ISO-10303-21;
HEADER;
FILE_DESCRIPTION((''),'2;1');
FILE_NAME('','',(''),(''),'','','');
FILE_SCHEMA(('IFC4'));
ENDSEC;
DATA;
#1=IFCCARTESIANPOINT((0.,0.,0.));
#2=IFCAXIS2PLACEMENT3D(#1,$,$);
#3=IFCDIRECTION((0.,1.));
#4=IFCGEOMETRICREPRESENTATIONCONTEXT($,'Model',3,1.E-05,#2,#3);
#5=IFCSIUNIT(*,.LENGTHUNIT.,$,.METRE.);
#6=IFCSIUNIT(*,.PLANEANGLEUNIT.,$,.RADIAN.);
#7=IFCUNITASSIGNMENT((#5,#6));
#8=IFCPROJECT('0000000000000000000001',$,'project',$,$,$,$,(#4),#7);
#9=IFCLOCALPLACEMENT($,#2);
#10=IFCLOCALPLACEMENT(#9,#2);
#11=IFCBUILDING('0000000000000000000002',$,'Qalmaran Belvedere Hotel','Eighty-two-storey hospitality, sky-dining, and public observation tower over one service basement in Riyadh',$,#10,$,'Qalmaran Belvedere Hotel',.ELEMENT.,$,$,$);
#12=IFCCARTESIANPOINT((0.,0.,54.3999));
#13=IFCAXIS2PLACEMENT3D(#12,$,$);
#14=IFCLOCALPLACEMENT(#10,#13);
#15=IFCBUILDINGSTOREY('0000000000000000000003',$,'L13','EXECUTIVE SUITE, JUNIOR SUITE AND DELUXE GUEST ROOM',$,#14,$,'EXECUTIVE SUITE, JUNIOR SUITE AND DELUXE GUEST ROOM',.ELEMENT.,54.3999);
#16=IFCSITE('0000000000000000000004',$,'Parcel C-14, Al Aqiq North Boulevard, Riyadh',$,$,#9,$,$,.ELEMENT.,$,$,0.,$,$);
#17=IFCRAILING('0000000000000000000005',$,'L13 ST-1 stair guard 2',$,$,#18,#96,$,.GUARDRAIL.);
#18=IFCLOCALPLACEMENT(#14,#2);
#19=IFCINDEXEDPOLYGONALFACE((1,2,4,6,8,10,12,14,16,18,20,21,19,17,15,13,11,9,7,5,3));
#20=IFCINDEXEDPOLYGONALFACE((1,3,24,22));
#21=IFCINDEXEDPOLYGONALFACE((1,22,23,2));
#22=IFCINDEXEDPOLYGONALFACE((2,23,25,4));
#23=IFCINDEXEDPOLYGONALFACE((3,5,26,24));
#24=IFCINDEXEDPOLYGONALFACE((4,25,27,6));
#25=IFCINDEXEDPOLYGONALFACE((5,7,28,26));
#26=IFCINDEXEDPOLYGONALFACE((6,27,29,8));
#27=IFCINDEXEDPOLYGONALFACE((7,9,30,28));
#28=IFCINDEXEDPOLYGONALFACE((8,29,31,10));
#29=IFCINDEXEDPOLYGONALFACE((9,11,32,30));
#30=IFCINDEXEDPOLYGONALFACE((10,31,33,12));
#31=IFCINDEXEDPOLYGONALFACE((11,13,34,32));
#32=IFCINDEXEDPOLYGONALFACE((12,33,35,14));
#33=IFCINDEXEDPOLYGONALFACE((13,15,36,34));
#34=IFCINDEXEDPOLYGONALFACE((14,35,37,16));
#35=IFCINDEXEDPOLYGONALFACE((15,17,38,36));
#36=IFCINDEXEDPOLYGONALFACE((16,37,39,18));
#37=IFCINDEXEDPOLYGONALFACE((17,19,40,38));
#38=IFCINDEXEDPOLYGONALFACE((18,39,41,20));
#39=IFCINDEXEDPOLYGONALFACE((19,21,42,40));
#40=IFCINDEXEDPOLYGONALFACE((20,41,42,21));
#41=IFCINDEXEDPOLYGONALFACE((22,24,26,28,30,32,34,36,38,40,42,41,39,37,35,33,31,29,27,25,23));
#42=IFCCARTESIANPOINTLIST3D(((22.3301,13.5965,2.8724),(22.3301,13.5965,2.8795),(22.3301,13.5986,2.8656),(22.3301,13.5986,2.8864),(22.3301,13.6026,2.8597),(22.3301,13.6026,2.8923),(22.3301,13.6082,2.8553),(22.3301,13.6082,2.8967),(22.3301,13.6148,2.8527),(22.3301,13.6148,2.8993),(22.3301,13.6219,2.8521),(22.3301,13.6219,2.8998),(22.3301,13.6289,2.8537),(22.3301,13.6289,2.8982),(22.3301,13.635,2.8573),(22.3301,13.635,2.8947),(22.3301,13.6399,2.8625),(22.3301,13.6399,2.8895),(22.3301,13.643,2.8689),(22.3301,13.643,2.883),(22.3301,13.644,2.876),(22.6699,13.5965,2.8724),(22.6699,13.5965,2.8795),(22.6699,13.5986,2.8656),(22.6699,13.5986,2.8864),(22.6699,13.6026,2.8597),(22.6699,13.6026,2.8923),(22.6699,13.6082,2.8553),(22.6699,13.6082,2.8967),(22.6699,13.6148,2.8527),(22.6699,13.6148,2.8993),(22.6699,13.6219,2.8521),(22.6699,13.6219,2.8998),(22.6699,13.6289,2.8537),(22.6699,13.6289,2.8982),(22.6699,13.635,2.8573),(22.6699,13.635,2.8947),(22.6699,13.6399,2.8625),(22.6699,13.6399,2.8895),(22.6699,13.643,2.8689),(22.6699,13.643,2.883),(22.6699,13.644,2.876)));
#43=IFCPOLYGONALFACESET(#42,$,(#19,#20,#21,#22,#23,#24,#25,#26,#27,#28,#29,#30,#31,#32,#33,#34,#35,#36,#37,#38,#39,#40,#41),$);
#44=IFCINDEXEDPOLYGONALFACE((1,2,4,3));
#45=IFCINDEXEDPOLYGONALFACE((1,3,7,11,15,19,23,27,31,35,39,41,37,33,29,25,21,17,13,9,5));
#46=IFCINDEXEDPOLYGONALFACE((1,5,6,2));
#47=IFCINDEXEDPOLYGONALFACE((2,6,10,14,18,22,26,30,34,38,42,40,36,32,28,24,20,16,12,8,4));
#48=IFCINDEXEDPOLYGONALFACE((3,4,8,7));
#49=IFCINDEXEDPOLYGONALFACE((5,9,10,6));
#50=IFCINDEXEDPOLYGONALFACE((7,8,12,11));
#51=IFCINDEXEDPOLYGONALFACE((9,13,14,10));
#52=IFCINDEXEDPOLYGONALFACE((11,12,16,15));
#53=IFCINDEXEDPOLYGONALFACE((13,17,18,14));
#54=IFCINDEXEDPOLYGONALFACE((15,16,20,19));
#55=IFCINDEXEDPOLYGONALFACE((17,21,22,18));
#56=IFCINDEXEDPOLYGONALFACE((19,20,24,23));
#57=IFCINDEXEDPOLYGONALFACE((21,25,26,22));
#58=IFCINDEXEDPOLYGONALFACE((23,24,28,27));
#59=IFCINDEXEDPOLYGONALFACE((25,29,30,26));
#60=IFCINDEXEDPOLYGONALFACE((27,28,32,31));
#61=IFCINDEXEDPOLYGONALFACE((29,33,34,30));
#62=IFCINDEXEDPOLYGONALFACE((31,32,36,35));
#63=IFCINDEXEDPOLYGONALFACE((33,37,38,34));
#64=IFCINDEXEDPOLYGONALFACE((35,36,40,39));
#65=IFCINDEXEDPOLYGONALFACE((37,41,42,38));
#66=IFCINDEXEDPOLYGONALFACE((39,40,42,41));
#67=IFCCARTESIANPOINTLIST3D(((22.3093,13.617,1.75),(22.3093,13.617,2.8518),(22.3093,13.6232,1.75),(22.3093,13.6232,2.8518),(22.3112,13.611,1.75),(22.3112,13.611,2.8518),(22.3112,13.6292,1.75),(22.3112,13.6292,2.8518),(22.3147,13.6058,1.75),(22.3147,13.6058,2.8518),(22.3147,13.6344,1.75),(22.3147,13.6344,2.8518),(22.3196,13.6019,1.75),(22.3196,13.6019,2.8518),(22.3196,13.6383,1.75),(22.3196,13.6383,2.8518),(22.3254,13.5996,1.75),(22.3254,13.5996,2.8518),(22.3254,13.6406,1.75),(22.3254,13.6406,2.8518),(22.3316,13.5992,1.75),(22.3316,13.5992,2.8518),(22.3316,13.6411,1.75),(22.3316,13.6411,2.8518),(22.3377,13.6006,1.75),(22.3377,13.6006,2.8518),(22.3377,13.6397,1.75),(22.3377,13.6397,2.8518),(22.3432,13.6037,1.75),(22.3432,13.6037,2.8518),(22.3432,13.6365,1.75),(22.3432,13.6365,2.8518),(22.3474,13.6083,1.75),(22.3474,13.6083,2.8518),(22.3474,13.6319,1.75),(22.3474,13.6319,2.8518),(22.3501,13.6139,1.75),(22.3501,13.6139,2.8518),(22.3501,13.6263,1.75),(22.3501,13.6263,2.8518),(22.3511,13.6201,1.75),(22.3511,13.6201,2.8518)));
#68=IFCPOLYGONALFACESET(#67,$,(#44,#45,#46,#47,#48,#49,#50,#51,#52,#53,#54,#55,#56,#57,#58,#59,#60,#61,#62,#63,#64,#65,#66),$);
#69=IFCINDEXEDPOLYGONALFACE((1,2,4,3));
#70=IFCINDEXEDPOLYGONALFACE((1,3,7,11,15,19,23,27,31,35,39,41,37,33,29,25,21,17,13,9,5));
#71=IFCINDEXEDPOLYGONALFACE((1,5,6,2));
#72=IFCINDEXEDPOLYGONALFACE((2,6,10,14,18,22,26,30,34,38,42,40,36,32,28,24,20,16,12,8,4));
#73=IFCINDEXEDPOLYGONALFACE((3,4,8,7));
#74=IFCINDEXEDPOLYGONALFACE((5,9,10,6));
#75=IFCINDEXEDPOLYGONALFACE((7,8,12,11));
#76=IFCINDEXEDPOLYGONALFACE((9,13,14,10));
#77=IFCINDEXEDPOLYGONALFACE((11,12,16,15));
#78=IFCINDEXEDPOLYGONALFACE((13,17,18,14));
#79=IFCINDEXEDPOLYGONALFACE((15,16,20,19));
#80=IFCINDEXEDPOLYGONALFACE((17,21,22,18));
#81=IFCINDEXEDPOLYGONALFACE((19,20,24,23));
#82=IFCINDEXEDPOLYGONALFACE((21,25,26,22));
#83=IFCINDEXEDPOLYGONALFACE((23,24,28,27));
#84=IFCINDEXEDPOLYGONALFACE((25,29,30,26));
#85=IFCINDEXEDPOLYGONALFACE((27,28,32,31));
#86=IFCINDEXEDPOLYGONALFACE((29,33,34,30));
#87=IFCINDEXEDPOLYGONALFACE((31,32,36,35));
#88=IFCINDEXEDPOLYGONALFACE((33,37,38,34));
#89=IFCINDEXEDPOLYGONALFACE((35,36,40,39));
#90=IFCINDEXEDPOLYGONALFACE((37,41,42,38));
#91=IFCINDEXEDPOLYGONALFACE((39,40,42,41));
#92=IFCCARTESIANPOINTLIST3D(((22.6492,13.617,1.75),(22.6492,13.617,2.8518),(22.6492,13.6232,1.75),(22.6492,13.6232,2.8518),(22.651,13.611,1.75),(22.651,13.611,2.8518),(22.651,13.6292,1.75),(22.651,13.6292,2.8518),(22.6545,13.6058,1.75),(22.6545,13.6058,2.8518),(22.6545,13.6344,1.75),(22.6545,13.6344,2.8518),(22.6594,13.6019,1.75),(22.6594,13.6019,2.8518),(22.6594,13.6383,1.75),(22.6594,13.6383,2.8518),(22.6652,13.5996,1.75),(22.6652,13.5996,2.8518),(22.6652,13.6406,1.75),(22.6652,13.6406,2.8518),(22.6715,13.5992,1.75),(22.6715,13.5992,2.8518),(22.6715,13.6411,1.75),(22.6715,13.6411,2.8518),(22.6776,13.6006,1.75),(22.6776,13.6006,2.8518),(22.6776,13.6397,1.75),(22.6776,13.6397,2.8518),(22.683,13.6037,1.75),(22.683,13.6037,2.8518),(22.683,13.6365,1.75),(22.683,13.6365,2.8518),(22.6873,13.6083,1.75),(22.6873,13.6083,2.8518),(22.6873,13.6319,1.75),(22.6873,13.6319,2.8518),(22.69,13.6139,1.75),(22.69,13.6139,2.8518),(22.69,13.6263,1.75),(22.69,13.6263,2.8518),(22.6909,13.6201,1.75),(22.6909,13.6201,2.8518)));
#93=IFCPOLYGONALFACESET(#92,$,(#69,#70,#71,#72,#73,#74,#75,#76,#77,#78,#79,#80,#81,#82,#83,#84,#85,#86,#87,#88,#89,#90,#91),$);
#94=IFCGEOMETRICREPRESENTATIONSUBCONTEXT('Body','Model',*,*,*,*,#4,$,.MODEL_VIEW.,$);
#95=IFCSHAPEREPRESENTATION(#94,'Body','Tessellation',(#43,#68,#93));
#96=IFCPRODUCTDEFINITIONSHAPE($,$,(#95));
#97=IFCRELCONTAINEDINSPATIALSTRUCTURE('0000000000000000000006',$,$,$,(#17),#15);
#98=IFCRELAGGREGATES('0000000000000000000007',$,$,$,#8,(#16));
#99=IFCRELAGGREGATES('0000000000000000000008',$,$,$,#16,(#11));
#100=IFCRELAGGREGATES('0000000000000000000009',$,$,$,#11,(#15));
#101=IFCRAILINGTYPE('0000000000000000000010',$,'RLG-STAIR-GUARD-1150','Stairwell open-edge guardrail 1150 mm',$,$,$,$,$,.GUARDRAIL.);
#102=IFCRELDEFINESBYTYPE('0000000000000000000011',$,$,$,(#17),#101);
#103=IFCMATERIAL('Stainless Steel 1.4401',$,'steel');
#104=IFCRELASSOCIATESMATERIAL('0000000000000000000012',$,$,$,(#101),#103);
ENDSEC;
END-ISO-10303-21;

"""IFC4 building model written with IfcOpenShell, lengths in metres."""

from ifc_helpers import new_model, si_unit, direction, frame, origin, origin_2d, place, context, subcontext, project, spatial, circle, extrude, material, type_object, element, save


model = new_model("IFC4")

# Units and contexts
model_context = context("Model", 3, precision=1e-05, world=origin(), true_north=direction((0.0, 1.0)))
body_context = subcontext(model_context, "Body", "Model", "MODEL_VIEW")
ifc_project = project(units=[si_unit("LENGTHUNIT", "METRE"), si_unit("PLANEANGLEUNIT", "RADIAN")], contexts=[model_context])

# Site, building, storey
site_placement = place(None, origin())
site = spatial("IfcSite", under=ifc_project, at=site_placement, Name="Parcel C-14, Al Aqiq North Boulevard, Riyadh", CompositionType="ELEMENT", RefElevation=0.0)
building_placement = place(site_placement, origin())
building = spatial("IfcBuilding", under=site, at=building_placement, Name="Qalmaran Belvedere Hotel", Description="Eighty-two-storey hospitality, sky-dining, and public observation tower over one service basement in Riyadh", LongName="Qalmaran Belvedere Hotel", CompositionType="ELEMENT")
storey_placement = place(building_placement, frame((0.0, 0.0, 54.3999)))
storey = spatial("IfcBuildingStorey", under=building, at=storey_placement, Name="L13", Description="EXECUTIVE SUITE, JUNIOR SUITE AND DELUXE GUEST ROOM", LongName="EXECUTIVE SUITE, JUNIOR SUITE AND DELUXE GUEST ROOM", CompositionType="ELEMENT", Elevation=54.3999)

# Shared definitions
ifc_material_1 = material(Name="Stainless Steel 1.4401", Category="steel")

# Railing
railing_type_1 = type_object("IfcRailingType", Name="RLG-STAIR-GUARD-1150", Description="Stairwell open-edge guardrail 1150 mm", PredefinedType="GUARDRAIL", material=ifc_material_1)
railing_1_placement = place(storey_placement, frame((22.3301, 13.6201, 1.75)))
element("IfcRailing", 1, at=railing_1_placement, inside=storey, type_object=railing_type_1, Name="L13 ST-1 stair guard 2", PredefinedType="GUARDRAIL", context=body_context, shape_type="SweptSolid", body=[
    extrude(circle(Radius=0.0239, at=origin_2d()), frame((0.0, 0.0, 1.126), z_axis=(1.0, 0.0, 0.0), x_axis=(0.0, 1.0, 0.0)), (0.0, 0.0, 1.0), 0.3398),
    extrude(circle(Radius=0.021, at=origin_2d()), origin(), (0.0, 0.0, 1.0), 1.1018),
    extrude(circle(Radius=0.021, at=origin_2d()), frame((0.3398, 0.0, 0.0)), (0.0, 0.0, 1.0), 1.1018),
])

save(model, "model.ifc")
